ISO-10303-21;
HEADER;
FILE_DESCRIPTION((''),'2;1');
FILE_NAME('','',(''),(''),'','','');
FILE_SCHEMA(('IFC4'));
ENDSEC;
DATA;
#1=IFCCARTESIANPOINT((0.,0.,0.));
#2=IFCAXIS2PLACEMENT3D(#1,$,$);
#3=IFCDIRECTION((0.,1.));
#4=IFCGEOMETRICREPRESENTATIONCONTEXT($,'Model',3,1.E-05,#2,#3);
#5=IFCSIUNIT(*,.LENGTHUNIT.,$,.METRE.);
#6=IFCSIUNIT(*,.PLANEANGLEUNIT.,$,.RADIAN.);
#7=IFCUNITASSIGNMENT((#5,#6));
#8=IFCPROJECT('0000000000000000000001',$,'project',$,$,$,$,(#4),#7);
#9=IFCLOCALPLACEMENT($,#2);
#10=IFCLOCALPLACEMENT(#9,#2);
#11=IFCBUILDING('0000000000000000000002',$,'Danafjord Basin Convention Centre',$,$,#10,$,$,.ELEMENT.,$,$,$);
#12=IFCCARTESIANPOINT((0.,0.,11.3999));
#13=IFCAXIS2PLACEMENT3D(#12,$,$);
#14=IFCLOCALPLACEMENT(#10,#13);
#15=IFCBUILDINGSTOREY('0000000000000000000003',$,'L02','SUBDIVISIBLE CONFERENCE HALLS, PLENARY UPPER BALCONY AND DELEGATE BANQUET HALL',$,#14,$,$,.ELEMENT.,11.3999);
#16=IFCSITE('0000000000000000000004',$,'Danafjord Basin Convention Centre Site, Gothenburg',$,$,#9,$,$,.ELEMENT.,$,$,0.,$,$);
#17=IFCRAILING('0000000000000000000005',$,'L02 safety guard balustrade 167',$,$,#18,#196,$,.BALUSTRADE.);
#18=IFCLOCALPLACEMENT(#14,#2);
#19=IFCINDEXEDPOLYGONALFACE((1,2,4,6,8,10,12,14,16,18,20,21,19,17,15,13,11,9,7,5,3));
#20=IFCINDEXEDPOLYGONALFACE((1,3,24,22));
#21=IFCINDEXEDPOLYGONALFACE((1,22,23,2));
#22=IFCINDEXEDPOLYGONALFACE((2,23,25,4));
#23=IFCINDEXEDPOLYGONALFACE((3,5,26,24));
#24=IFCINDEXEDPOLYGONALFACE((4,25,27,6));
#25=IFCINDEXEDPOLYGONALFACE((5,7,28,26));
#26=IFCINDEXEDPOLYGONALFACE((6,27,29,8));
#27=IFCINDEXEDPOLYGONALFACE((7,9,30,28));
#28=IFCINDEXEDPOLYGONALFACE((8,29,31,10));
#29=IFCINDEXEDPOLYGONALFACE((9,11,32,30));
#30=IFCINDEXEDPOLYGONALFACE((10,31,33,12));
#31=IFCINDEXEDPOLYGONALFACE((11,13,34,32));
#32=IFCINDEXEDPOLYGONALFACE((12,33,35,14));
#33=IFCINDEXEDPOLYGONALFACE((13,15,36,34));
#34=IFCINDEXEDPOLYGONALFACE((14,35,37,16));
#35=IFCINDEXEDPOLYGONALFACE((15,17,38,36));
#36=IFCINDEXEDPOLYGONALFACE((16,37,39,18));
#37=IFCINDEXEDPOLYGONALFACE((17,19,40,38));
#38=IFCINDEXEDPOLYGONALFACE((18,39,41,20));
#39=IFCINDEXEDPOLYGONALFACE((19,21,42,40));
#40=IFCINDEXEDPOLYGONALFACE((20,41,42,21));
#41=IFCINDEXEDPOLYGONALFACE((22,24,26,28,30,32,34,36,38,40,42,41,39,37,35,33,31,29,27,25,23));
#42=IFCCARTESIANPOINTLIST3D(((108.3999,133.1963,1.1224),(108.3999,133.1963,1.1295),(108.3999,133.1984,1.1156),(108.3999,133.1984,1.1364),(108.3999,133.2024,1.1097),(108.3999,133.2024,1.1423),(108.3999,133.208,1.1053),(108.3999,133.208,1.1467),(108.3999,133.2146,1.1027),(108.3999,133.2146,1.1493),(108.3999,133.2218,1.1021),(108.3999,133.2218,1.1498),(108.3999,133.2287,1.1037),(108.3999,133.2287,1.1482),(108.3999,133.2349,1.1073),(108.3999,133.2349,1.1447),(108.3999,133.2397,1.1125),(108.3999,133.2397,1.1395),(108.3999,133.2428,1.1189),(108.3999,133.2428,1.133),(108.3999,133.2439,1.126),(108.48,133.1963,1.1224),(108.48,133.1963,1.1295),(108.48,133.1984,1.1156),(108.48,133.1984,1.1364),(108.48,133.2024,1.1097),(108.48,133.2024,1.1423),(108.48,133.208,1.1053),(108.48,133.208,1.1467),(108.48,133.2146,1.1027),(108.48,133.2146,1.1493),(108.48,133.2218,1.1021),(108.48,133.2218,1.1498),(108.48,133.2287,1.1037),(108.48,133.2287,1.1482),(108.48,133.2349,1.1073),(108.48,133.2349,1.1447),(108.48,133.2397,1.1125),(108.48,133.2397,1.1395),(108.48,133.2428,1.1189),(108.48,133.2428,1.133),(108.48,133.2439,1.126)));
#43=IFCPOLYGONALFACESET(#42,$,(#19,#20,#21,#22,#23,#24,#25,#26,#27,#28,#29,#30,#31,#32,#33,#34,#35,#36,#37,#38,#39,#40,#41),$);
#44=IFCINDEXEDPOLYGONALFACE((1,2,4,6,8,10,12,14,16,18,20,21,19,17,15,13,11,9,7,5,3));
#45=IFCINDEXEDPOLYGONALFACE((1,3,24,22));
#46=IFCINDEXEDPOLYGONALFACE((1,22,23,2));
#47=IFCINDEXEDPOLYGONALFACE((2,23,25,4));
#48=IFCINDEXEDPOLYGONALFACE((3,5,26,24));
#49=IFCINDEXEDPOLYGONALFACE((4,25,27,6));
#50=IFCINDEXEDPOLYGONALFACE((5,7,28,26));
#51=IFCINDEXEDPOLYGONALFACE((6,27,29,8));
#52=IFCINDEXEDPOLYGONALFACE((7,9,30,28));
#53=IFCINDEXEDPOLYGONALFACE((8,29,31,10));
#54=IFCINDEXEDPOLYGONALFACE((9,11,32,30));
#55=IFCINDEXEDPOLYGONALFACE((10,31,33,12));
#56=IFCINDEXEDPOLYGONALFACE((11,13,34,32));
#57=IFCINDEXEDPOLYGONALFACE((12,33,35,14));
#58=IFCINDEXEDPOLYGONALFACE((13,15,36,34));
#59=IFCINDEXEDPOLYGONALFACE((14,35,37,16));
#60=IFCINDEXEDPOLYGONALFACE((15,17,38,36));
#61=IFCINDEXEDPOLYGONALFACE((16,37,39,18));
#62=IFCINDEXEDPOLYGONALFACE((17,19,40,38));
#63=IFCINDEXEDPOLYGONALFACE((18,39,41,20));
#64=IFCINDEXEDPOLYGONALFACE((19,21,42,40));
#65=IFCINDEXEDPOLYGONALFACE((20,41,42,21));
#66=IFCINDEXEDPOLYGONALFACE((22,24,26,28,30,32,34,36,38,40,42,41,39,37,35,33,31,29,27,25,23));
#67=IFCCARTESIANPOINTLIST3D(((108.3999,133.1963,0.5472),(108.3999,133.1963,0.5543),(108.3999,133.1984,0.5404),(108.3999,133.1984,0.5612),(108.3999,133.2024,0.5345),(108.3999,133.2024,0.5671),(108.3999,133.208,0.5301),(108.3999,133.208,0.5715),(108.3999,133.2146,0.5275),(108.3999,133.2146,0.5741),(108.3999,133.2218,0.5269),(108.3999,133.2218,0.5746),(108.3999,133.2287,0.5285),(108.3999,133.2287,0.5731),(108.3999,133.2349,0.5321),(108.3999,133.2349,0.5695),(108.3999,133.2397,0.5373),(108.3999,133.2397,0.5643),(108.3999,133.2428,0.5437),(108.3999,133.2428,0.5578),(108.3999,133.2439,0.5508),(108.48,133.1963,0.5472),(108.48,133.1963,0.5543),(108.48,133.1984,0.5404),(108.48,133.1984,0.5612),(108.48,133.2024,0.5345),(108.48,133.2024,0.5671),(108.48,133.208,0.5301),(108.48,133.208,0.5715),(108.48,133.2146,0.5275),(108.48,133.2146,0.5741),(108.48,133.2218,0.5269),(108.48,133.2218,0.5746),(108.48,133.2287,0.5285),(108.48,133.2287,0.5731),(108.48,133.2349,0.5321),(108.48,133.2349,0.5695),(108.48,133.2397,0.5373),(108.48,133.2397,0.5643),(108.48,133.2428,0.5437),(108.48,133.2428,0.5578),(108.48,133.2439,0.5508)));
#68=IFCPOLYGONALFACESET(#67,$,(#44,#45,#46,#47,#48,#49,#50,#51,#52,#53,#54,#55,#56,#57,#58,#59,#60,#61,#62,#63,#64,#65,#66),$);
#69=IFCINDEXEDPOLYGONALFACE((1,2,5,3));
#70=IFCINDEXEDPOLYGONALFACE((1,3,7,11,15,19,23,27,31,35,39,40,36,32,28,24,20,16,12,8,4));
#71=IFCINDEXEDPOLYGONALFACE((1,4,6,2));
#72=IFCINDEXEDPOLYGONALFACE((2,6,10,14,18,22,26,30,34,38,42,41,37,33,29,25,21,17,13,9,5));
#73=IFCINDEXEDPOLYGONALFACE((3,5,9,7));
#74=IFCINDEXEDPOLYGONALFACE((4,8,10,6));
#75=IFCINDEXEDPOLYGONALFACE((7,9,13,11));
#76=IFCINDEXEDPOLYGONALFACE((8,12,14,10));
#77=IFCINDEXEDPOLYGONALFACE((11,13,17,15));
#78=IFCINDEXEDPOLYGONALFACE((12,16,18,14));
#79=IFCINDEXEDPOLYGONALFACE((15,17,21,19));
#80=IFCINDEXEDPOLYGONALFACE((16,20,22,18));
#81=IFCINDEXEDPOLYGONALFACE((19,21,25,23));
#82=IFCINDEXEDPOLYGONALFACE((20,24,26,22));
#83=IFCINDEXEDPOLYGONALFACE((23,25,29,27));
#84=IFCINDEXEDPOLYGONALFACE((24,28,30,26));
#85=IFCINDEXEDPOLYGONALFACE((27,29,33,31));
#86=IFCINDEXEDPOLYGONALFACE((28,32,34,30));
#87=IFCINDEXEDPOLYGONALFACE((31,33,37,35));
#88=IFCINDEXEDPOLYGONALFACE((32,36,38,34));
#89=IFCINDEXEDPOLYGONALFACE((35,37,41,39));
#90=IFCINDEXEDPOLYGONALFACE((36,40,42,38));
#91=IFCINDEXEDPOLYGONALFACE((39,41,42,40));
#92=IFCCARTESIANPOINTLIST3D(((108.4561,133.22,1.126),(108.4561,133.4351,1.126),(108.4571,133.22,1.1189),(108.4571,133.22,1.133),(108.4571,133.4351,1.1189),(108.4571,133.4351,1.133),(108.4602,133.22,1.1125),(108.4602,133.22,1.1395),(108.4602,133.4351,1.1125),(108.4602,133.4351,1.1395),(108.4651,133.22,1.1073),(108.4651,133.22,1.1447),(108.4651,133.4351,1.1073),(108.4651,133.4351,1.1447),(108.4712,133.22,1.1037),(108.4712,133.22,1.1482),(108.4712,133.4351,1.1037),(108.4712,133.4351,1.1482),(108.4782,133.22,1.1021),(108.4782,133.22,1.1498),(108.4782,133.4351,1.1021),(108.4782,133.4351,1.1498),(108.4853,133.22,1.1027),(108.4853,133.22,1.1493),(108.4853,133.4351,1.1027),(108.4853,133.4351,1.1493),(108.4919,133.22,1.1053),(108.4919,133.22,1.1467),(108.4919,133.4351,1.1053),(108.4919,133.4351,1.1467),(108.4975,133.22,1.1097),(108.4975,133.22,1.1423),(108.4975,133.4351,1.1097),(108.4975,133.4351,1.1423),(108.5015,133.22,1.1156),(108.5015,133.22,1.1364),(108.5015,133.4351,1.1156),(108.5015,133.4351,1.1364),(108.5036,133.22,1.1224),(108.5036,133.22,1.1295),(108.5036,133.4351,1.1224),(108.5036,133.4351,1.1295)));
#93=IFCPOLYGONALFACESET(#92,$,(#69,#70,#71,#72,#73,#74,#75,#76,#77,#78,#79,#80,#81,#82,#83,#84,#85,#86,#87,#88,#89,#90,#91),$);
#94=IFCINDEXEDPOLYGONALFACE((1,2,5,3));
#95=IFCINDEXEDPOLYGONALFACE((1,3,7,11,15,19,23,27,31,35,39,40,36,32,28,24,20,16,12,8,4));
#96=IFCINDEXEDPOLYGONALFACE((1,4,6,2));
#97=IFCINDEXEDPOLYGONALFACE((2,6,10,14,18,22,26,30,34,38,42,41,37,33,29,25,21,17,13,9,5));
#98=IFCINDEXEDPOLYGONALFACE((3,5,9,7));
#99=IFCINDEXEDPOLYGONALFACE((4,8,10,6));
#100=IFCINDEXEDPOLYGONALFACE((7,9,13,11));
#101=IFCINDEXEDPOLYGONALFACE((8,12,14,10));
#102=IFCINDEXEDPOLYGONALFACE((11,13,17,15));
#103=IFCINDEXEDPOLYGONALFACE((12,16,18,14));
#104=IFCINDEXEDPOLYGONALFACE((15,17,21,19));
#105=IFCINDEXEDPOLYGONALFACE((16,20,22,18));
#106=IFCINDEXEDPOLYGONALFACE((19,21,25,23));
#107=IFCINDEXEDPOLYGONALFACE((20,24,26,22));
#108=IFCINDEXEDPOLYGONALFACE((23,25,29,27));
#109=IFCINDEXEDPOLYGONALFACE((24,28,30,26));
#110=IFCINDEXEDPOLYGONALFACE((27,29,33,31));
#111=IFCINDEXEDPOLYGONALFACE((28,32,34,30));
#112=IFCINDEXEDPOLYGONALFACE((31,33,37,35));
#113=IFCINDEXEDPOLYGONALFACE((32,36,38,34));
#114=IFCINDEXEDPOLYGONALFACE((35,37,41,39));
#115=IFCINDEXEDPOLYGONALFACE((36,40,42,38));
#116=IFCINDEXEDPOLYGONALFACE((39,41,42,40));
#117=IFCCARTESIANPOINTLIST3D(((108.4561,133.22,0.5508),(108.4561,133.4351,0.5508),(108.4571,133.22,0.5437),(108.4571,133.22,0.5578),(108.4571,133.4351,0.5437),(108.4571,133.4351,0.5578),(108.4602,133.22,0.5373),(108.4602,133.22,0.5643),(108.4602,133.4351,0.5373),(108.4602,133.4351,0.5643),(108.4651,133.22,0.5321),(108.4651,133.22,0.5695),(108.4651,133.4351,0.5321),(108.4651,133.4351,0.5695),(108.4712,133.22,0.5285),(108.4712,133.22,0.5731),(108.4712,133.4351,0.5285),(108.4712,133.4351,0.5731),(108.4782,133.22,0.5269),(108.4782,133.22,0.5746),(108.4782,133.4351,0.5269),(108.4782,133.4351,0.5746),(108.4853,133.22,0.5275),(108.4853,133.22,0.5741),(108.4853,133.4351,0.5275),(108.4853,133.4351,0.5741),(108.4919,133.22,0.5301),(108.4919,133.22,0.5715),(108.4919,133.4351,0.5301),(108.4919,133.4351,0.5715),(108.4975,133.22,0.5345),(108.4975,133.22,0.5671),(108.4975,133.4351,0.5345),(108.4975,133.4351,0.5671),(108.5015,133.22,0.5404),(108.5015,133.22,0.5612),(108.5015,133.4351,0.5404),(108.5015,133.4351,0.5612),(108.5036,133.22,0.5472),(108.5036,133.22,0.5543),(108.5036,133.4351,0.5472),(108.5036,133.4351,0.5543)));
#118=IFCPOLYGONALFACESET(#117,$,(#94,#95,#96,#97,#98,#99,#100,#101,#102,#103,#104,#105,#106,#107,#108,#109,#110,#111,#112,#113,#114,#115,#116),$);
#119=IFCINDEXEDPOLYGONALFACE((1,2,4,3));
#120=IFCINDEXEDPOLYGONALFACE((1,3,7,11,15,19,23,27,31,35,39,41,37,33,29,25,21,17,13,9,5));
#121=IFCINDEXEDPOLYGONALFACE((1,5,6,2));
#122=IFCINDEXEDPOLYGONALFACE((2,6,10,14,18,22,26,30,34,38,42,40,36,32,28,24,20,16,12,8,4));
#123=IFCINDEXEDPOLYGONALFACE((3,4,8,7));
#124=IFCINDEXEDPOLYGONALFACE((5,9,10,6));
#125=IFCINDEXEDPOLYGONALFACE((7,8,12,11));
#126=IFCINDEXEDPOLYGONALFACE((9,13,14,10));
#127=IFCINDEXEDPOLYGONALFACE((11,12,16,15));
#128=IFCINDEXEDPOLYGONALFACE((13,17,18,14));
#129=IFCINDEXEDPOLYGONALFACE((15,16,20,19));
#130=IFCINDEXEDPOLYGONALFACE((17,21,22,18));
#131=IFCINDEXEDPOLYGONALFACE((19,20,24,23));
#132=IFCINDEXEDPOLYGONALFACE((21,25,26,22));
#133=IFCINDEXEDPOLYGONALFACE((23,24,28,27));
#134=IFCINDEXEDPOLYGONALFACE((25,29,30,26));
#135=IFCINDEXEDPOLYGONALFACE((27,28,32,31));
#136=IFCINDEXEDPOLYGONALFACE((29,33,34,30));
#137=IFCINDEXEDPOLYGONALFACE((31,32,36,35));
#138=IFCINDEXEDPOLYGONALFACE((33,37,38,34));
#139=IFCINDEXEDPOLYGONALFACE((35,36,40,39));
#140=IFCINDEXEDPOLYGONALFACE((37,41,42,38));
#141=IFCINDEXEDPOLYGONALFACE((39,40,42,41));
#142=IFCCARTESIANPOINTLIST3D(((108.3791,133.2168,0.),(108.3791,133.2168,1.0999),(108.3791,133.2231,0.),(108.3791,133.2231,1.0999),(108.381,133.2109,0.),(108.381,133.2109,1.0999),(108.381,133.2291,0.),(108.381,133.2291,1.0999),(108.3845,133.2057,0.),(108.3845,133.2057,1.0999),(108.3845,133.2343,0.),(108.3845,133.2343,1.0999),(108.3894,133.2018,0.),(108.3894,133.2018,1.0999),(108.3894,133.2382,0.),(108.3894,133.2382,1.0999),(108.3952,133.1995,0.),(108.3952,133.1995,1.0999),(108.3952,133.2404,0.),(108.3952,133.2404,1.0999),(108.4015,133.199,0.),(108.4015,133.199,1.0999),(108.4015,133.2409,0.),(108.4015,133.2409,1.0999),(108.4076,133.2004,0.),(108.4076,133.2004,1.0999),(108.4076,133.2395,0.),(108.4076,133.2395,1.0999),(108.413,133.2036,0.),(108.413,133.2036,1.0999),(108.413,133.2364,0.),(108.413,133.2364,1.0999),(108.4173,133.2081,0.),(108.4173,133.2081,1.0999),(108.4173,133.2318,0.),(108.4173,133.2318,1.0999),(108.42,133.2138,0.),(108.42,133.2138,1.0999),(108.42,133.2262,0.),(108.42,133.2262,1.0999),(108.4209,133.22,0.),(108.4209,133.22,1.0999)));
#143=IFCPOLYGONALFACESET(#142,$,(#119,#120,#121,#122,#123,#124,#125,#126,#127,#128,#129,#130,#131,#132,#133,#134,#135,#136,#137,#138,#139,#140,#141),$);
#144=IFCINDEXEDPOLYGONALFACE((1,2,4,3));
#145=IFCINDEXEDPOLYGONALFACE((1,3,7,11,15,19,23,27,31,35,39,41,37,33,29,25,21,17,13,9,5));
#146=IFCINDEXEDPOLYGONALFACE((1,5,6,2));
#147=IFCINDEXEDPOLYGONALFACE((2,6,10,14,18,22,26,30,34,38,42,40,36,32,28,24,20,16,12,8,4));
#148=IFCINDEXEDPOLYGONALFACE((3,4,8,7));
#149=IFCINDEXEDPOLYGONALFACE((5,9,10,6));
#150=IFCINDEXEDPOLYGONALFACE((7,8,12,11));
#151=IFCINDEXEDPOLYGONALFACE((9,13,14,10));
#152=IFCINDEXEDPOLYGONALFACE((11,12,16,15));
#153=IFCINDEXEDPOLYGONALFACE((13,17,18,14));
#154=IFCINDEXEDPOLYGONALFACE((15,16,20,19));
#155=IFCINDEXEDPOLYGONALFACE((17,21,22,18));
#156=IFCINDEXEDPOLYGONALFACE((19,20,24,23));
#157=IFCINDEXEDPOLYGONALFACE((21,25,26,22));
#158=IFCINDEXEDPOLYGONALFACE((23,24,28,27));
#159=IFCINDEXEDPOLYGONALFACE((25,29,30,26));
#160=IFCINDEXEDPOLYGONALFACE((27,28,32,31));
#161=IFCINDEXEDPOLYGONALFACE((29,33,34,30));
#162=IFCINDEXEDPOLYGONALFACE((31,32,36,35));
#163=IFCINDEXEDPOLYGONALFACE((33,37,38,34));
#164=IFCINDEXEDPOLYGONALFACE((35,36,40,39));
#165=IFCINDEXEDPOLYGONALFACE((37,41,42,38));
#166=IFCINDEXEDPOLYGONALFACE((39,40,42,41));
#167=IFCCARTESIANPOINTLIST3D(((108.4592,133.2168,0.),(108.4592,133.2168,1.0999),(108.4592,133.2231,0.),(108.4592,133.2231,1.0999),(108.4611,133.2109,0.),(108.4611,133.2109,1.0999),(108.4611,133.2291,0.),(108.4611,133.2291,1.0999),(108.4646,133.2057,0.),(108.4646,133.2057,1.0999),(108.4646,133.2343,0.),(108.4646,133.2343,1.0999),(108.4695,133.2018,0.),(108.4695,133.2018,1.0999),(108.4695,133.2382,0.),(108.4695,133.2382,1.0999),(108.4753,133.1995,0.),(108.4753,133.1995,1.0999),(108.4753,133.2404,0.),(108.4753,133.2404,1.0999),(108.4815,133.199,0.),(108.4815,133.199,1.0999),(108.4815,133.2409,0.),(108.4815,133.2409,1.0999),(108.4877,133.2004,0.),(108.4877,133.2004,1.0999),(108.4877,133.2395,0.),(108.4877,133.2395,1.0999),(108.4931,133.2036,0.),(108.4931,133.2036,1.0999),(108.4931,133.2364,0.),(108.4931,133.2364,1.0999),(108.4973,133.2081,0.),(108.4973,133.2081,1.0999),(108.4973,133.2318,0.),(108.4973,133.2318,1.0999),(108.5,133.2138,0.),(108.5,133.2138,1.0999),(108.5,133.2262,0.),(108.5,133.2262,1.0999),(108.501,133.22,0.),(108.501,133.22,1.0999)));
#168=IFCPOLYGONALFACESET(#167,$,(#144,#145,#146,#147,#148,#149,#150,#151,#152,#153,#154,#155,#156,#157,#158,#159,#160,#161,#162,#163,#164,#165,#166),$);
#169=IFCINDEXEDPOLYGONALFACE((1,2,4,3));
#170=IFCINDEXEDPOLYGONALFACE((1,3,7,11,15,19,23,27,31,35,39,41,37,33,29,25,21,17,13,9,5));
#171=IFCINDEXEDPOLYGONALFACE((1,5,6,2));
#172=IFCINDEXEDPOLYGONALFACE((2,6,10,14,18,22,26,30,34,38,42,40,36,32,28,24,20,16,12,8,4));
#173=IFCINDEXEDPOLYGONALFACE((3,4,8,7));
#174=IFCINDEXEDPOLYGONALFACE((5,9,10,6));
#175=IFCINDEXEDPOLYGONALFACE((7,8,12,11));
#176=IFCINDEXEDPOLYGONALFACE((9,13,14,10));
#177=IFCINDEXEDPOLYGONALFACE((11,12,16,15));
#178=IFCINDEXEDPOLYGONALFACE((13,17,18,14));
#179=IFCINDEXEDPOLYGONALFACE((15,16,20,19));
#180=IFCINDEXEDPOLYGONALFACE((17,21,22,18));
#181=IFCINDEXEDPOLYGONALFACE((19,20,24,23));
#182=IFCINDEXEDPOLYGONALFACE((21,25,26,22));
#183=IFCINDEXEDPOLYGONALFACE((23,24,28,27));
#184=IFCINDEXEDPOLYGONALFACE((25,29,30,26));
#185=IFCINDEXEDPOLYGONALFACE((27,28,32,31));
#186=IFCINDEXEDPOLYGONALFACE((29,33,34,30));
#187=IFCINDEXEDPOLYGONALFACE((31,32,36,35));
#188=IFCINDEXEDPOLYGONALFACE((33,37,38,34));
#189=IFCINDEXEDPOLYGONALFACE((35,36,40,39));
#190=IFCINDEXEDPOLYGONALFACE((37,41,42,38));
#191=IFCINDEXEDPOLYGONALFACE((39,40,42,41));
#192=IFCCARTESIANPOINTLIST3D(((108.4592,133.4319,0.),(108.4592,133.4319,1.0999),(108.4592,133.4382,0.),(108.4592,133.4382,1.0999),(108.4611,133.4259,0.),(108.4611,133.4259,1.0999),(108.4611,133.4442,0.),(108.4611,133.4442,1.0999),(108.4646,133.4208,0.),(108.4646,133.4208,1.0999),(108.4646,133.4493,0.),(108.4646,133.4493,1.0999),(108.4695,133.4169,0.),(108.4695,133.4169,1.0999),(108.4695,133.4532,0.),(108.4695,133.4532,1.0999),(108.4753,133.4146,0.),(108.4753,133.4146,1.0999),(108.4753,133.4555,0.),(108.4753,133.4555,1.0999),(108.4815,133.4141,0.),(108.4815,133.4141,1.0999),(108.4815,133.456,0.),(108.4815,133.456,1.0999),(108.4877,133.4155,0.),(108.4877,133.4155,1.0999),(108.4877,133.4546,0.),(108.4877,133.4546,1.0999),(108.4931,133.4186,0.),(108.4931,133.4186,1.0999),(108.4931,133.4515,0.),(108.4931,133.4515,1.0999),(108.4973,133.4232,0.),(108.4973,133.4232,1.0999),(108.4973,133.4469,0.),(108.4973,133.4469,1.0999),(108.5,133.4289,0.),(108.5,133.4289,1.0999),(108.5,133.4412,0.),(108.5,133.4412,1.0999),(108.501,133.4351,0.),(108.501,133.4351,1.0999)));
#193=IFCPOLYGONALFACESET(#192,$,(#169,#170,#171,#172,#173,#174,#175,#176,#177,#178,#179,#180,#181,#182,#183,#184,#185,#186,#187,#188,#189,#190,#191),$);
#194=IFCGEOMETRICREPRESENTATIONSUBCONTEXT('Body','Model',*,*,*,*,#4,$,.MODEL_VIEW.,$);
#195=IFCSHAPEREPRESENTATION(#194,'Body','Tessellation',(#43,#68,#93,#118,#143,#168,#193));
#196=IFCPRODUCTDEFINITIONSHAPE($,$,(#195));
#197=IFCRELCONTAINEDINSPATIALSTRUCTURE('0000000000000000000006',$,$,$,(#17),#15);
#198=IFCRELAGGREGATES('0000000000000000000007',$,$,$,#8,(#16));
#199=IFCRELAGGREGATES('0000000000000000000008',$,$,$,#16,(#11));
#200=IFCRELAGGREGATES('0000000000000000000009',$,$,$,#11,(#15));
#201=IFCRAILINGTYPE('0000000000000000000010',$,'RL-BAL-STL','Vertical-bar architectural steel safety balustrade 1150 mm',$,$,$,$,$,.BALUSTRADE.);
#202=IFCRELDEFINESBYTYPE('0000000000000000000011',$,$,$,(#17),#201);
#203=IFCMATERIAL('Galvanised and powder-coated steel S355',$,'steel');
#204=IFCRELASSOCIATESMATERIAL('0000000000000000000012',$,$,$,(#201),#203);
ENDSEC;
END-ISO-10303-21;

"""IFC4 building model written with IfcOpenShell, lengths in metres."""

from ifc_helpers import new_model, si_unit, direction, frame, origin, origin_2d, place, context, subcontext, project, spatial, circle, extrude, material, type_object, element, save


model = new_model("IFC4")

# Units and contexts
model_context = context("Model", 3, precision=1e-05, world=origin(), true_north=direction((0.0, 1.0)))
body_context = subcontext(model_context, "Body", "Model", "MODEL_VIEW")
ifc_project = project(units=[si_unit("LENGTHUNIT", "METRE"), si_unit("PLANEANGLEUNIT", "RADIAN")], contexts=[model_context])

# Site, building, storey
site_placement = place(None, origin())
site = spatial("IfcSite", under=ifc_project, at=site_placement, Name="Danafjord Basin Convention Centre Site, Gothenburg", CompositionType="ELEMENT", RefElevation=0.0)
building_placement = place(site_placement, origin())
building = spatial("IfcBuilding", under=site, at=building_placement, Name="Danafjord Basin Convention Centre", CompositionType="ELEMENT")
storey_placement = place(building_placement, frame((0.0, 0.0, 11.3999)))
storey = spatial("IfcBuildingStorey", under=building, at=storey_placement, Name="L02", Description="SUBDIVISIBLE CONFERENCE HALLS, PLENARY UPPER BALCONY AND DELEGATE BANQUET HALL", CompositionType="ELEMENT", Elevation=11.3999)

# Railing
ifc_material_1 = material(Name="Galvanised and powder-coated steel S355", Category="steel")
railing_type_1 = type_object("IfcRailingType", Name="RL-BAL-STL", Description="Vertical-bar architectural steel safety balustrade 1150 mm", PredefinedType="BALUSTRADE", material=ifc_material_1)
railing_1_placement = place(storey_placement, frame((108.3999, 133.22, 0.0)))
element("IfcRailing", 1, at=railing_1_placement, inside=storey, type_object=railing_type_1, Name="L02 safety guard balustrade 167", PredefinedType="BALUSTRADE", context=body_context, shape_type="SweptSolid", body=[
    extrude(circle(Radius=0.0239, at=origin_2d()), frame((0.0, 0.0, 1.126), z_axis=(1.0, 0.0, 0.0), x_axis=(0.0, 1.0, 0.0)), (0.0, 0.0, 1.0), 0.0801),
    extrude(circle(Radius=0.0239, at=origin_2d()), frame((0.0, 0.0, 0.5508), z_axis=(1.0, 0.0, 0.0), x_axis=(0.0, 1.0, 0.0)), (0.0, 0.0, 1.0), 0.0801),
    extrude(circle(Radius=0.0239, at=origin_2d()), frame((0.0801, 0.0, 1.126), z_axis=(0.0, 1.0, 0.0), x_axis=(-1.0, 0.0, 0.0)), (0.0, 0.0, 1.0), 0.2151),
    extrude(circle(Radius=0.0239, at=origin_2d()), frame((0.0801, 0.0, 0.5508), z_axis=(0.0, 1.0, 0.0), x_axis=(-1.0, 0.0, 0.0)), (0.0, 0.0, 1.0), 0.2151),
    extrude(circle(Radius=0.021, at=origin_2d()), origin(), (0.0, 0.0, 1.0), 1.0999),
    extrude(circle(Radius=0.021, at=origin_2d()), frame((0.0801, 0.0, 0.0)), (0.0, 0.0, 1.0), 1.0999),
    extrude(circle(Radius=0.021, at=origin_2d()), frame((0.0801, 0.2151, 0.0)), (0.0, 0.0, 1.0), 1.0999),
])

save(model, "model.ifc")
